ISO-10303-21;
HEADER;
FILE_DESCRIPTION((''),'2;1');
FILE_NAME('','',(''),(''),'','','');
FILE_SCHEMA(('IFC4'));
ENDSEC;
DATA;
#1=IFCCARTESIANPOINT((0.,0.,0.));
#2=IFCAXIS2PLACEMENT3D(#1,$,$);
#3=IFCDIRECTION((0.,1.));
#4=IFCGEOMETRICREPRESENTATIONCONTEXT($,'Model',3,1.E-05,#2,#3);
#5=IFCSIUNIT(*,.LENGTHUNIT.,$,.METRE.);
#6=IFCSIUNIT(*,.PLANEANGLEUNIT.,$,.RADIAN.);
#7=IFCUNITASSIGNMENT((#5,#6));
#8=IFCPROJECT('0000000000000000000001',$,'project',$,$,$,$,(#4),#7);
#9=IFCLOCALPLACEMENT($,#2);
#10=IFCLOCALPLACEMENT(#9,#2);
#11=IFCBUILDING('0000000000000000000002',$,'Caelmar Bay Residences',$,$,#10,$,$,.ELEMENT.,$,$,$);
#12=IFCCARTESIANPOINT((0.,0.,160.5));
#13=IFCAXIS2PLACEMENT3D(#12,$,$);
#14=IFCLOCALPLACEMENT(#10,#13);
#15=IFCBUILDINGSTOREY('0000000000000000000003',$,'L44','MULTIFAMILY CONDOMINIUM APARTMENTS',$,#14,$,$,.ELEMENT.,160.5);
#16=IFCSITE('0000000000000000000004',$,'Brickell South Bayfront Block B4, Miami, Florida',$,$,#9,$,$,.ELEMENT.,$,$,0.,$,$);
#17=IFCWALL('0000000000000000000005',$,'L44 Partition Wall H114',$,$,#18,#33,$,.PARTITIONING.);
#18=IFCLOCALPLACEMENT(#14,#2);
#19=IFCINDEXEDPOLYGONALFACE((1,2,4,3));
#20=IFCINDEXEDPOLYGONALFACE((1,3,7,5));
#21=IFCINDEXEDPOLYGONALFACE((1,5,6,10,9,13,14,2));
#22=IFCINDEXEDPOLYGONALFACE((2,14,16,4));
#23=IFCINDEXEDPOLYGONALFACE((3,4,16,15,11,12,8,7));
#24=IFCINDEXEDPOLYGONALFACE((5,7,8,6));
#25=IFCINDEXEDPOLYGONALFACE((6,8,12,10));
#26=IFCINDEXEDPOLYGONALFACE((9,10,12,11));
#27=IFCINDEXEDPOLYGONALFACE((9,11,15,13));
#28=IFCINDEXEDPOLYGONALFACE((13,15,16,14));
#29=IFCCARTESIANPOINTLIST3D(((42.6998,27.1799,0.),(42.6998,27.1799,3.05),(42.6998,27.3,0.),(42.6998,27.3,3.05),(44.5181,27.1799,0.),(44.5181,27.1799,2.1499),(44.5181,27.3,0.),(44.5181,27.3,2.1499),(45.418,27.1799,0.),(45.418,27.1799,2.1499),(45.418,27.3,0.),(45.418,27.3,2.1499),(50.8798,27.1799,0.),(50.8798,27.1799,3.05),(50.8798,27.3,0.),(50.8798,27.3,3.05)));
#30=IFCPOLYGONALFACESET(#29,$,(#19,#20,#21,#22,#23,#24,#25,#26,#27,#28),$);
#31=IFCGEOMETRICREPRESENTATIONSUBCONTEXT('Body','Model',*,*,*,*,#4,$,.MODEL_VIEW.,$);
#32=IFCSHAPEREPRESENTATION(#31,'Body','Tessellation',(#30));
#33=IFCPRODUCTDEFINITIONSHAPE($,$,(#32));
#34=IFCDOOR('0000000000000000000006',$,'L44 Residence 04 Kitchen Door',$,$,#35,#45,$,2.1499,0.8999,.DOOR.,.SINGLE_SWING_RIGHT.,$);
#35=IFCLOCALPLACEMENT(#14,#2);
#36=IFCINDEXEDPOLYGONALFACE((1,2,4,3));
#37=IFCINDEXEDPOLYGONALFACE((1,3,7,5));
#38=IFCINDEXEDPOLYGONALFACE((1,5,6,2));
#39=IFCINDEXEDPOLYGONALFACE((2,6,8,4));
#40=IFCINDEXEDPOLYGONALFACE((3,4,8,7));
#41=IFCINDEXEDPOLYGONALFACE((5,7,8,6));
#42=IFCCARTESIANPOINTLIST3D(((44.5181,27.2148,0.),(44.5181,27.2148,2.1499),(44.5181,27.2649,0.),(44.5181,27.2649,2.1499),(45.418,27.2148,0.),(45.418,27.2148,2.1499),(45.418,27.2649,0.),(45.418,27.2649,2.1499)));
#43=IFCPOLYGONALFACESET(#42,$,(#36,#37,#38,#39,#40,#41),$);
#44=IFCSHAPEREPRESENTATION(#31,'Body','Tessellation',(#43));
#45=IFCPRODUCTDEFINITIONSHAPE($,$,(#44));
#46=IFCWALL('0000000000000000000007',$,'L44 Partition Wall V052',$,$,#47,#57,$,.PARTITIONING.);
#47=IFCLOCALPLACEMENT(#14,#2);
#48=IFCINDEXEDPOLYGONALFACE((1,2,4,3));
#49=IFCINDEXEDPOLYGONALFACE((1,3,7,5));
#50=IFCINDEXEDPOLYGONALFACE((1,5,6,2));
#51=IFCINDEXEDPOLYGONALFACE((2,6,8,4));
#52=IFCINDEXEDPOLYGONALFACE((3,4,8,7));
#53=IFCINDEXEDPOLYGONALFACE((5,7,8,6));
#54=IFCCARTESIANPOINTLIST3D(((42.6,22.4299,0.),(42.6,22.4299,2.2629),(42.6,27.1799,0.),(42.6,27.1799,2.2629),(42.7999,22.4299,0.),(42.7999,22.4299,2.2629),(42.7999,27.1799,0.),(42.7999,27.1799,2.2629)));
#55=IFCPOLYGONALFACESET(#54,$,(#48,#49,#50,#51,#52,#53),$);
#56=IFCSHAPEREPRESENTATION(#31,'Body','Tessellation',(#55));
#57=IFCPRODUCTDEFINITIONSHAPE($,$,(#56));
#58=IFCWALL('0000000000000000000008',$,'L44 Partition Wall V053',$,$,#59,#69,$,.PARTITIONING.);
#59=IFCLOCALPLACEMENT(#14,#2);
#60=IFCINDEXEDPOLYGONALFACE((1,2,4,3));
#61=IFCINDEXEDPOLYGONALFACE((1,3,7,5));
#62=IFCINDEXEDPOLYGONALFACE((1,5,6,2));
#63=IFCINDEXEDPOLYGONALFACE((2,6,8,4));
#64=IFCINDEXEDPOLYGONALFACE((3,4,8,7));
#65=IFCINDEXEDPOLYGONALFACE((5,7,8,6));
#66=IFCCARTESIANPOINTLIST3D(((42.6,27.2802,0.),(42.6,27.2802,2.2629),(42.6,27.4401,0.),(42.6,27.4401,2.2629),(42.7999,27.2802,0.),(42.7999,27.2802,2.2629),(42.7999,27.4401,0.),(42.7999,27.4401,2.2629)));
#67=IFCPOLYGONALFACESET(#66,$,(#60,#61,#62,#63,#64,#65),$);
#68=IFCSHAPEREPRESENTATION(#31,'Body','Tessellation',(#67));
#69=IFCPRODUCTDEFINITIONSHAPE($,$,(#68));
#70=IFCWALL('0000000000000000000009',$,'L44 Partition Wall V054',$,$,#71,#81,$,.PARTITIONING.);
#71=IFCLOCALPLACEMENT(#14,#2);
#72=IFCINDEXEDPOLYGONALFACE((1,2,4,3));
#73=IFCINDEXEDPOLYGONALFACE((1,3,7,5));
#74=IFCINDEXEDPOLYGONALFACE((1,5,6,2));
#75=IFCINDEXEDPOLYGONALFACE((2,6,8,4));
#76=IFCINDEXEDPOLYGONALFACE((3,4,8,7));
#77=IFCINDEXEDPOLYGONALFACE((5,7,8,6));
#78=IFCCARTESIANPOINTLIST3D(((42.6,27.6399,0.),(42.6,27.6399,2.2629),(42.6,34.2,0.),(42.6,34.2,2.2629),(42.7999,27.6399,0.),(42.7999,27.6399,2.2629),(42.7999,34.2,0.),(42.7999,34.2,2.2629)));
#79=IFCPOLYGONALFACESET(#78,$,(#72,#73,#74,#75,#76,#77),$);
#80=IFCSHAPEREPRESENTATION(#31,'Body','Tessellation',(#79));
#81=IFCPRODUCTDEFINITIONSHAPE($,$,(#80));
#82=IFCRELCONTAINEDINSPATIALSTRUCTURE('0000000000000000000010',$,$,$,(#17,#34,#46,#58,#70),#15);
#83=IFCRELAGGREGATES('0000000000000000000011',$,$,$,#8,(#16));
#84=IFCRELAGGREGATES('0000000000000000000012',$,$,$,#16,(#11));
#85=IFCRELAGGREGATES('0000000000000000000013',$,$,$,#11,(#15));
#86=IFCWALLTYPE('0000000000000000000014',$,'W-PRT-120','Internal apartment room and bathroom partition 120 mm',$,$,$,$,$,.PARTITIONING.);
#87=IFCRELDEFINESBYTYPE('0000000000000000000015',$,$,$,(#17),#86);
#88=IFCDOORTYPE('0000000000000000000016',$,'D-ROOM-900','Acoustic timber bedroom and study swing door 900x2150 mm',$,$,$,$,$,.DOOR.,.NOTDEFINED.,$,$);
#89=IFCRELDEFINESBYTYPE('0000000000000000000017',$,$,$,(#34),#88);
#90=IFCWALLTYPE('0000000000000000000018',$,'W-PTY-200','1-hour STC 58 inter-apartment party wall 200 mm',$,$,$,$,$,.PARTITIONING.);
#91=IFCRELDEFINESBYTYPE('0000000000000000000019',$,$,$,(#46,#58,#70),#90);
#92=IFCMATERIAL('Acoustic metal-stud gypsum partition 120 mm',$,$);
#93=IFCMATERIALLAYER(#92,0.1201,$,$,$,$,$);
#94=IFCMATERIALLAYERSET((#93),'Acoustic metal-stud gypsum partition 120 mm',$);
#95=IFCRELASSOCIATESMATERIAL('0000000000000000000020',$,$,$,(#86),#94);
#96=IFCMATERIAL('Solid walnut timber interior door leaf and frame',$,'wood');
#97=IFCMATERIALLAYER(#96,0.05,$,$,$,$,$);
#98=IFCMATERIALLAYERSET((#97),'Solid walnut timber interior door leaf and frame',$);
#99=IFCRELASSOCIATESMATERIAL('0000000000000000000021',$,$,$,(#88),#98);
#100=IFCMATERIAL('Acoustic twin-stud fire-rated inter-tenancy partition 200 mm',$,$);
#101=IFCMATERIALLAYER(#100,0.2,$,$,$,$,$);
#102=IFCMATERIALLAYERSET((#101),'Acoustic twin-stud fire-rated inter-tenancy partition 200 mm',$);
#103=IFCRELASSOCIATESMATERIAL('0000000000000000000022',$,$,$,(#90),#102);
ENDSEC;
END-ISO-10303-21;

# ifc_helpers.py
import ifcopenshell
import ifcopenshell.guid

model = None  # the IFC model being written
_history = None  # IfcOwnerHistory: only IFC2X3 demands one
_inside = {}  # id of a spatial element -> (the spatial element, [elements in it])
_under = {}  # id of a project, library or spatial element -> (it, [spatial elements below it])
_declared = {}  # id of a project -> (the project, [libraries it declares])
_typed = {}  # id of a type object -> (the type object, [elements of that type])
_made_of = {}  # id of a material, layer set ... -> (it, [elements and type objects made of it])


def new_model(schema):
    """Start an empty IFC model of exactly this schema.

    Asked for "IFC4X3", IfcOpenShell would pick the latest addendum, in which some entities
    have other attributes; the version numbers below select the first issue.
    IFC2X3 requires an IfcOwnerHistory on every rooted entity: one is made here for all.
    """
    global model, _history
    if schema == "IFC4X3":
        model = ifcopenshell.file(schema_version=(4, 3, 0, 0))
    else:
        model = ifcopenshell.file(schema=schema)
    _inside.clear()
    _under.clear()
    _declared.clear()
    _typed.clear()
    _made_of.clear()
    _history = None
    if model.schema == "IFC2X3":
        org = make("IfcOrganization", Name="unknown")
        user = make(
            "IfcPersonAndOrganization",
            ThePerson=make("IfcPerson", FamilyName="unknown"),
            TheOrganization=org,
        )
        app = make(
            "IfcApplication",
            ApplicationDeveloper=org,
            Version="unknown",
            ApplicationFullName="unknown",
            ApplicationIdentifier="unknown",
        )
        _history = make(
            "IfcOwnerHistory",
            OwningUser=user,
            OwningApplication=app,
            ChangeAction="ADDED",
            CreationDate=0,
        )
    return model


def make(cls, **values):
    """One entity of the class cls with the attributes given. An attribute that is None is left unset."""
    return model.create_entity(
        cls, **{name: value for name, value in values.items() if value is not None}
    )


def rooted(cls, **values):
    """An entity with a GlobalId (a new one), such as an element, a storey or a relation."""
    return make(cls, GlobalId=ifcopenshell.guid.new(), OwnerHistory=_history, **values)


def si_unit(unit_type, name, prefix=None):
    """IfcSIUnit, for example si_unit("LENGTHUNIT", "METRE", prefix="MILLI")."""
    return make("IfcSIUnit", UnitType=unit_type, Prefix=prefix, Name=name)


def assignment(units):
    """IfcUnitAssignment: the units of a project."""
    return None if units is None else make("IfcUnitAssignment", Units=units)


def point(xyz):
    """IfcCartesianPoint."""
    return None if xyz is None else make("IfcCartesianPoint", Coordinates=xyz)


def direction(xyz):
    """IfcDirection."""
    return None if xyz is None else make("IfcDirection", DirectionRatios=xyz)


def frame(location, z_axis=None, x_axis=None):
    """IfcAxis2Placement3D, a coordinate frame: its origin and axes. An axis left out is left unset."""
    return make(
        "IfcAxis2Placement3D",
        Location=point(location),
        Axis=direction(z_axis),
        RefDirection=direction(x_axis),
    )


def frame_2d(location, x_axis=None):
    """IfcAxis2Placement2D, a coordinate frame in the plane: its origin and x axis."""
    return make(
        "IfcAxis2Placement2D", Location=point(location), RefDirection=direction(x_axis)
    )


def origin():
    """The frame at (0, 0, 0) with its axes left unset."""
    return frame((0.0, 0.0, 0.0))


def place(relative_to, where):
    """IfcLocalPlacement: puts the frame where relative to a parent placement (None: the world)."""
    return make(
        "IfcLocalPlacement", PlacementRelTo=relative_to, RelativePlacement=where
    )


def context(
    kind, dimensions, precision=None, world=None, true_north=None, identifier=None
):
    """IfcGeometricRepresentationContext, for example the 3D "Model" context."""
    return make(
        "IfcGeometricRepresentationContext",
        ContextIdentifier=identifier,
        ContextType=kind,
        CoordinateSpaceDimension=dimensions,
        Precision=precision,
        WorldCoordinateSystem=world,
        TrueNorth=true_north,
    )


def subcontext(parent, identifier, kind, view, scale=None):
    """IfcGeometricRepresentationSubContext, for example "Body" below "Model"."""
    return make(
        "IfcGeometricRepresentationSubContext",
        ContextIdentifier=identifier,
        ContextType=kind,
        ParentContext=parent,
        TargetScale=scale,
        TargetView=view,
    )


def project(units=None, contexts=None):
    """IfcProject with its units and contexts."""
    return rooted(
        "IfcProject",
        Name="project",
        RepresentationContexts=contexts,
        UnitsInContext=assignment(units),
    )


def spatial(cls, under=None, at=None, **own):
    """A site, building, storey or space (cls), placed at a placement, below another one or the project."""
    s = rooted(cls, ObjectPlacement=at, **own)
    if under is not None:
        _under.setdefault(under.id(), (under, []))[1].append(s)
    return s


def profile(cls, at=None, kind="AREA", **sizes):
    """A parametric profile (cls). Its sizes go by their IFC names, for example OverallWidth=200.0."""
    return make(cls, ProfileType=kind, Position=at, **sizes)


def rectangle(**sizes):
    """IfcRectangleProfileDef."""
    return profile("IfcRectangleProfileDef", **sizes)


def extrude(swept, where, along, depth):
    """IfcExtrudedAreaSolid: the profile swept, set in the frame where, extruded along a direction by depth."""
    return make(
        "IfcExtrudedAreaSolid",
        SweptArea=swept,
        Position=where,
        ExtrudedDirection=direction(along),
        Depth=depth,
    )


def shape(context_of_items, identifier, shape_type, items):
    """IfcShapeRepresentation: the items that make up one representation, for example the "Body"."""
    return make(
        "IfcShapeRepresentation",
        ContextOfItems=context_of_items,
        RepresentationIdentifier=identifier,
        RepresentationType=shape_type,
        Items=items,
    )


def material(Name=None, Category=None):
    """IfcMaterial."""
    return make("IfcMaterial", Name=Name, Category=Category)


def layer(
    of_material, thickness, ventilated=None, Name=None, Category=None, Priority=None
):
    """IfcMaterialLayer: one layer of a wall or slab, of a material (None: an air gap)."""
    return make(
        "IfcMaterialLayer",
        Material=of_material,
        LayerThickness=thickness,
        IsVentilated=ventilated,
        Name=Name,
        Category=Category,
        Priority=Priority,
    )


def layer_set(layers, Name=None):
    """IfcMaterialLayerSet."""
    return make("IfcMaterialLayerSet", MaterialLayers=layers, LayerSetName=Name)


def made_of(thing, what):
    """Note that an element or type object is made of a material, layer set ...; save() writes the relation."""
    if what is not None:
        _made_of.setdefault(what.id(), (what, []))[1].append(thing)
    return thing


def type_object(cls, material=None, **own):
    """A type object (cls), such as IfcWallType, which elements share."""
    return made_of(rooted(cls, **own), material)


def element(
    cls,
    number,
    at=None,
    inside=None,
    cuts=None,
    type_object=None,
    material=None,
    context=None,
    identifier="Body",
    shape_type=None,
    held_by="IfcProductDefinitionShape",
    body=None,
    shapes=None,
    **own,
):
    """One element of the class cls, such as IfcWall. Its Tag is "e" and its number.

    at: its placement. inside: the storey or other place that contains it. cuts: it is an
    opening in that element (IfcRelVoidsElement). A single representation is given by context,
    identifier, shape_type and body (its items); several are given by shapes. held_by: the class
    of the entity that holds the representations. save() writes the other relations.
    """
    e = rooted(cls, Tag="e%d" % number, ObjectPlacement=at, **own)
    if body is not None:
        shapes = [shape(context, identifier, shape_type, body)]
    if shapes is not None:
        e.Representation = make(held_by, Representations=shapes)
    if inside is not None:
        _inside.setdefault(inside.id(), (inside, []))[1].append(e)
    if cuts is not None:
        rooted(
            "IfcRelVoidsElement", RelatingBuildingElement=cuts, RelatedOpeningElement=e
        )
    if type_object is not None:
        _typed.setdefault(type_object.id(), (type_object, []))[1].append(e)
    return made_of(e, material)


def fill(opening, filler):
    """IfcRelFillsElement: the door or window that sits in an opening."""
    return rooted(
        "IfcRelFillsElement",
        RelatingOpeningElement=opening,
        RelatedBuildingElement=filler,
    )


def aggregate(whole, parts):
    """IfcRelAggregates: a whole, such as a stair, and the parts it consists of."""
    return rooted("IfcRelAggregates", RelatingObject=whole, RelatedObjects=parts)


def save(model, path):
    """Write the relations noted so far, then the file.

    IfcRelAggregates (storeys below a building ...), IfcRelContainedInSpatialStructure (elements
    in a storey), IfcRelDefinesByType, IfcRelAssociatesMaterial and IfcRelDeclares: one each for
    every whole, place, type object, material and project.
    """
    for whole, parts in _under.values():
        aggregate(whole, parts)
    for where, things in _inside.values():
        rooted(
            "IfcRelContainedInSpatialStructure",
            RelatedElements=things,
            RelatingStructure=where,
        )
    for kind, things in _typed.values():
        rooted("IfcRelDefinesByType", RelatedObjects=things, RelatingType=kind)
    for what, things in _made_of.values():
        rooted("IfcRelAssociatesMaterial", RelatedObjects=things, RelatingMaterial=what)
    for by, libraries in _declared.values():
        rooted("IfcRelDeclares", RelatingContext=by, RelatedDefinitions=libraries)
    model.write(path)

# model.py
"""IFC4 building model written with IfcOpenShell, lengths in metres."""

from ifc_helpers import new_model, si_unit, direction, frame, frame_2d, origin, place, context, subcontext, project, spatial, rectangle, extrude, material, layer, layer_set, type_object, element, fill, save


model = new_model("IFC4")

# Units and contexts
model_context = context("Model", 3, precision=1e-05, world=origin(), true_north=direction((0.0, 1.0)))
body_context = subcontext(model_context, "Body", "Model", "MODEL_VIEW")
ifc_project = project(units=[si_unit("LENGTHUNIT", "METRE"), si_unit("PLANEANGLEUNIT", "RADIAN")], contexts=[model_context])

# Site, building, storey
site_placement = place(None, origin())
site = spatial("IfcSite", under=ifc_project, at=site_placement, Name="Brickell South Bayfront Block B4, Miami, Florida", CompositionType="ELEMENT", RefElevation=0.0)
building_placement = place(site_placement, origin())
building = spatial("IfcBuilding", under=site, at=building_placement, Name="Caelmar Bay Residences", CompositionType="ELEMENT")
storey_placement = place(building_placement, frame((0.0, 0.0, 160.5)))
storey = spatial("IfcBuildingStorey", under=building, at=storey_placement, Name="L44", Description="MULTIFAMILY CONDOMINIUM APARTMENTS", CompositionType="ELEMENT", Elevation=160.5)

# Shared definitions
ifc_material_1 = material(Name="Acoustic metal-stud gypsum partition 120 mm")
ifc_layer_1 = layer(ifc_material_1, 0.1201)
ifc_layer_set_1 = layer_set([ifc_layer_1], Name="Acoustic metal-stud gypsum partition 120 mm")
wall_type_1 = type_object("IfcWallType", Name="W-PRT-120", Description="Internal apartment room and bathroom partition 120 mm", PredefinedType="PARTITIONING", material=ifc_layer_set_1)
ifc_material_2 = material(Name="Solid walnut timber interior door leaf and frame", Category="wood")
ifc_layer_2 = layer(ifc_material_2, 0.05)
ifc_layer_set_2 = layer_set([ifc_layer_2], Name="Solid walnut timber interior door leaf and frame")
door_type_1 = type_object("IfcDoorType", Name="D-ROOM-900", Description="Acoustic timber bedroom and study swing door 900x2150 mm", OperationType="NOTDEFINED", PredefinedType="DOOR", material=ifc_layer_set_2)

# Wall, opening, door
wall_1_placement = place(storey_placement, frame((42.7, 27.24, 0.0), z_axis=(0.0, 0.0, 1.0), x_axis=(1.0, 0.0, 0.0)))
wall_1 = element("IfcWall", 1, at=wall_1_placement, inside=storey, type_object=wall_type_1, Name="L44 Partition Wall H114", PredefinedType="PARTITIONING", context=body_context, shape_type="SweptSolid", body=[
    extrude(rectangle(XDim=8.1799, YDim=0.1201, at=frame_2d((4.0898, 0.0))), origin(), (0.0, 0.0, 1.0), 3.05),
])
opening_1_placement = place(wall_1_placement, frame((1.8181, 0.0, 0.0)))
opening_1 = element("IfcOpeningElement", 2, at=opening_1_placement, cuts=wall_1, PredefinedType="OPENING", context=body_context, shape_type="SweptSolid", body=[
    extrude(rectangle(XDim=0.8999, YDim=2.1499, at=frame_2d((0.45, 1.075))), frame((0.0, 0.0701, 0.0), z_axis=(0.0, -1.0, 0.0), x_axis=(1.0, 0.0, 0.0)), (0.0, 0.0, 1.0), 0.1401),
])
door_1_placement = place(opening_1_placement, origin())
door_1 = element("IfcDoor", 3, at=door_1_placement, inside=storey, type_object=door_type_1, Name="L44 Residence 04 Kitchen Door", OperationType="SINGLE_SWING_RIGHT", OverallHeight=2.1499, OverallWidth=0.8999, PredefinedType="DOOR", context=body_context, shape_type="SweptSolid", body=[
    extrude(rectangle(XDim=0.8999, YDim=2.1499, at=frame_2d((0.45, 1.075))), frame((0.0, 0.0249, 0.0), z_axis=(0.0, -1.0, 0.0), x_axis=(1.0, 0.0, 0.0)), (0.0, 0.0, 1.0), 0.05),
])
fill(opening_1, door_1)

# Walls
ifc_material_3 = material(Name="Acoustic twin-stud fire-rated inter-tenancy partition 200 mm")
ifc_layer_3 = layer(ifc_material_3, 0.2)
ifc_layer_set_3 = layer_set([ifc_layer_3], Name="Acoustic twin-stud fire-rated inter-tenancy partition 200 mm")
wall_type_2 = type_object("IfcWallType", Name="W-PTY-200", Description="1-hour STC 58 inter-apartment party wall 200 mm", PredefinedType="PARTITIONING", material=ifc_layer_set_3)
wall_2_placement = place(storey_placement, frame((42.7, 22.4299, 0.0), z_axis=(0.0, 0.0, 1.0), x_axis=(0.0, 1.0, 0.0)))
element("IfcWall", 4, at=wall_2_placement, inside=storey, type_object=wall_type_2, Name="L44 Partition Wall V052", PredefinedType="PARTITIONING", context=body_context, shape_type="SweptSolid", body=[
    extrude(rectangle(XDim=4.75, YDim=0.2, at=frame_2d((2.375, 0.0))), origin(), (0.0, 0.0, 1.0), 2.2629),
])
wall_3_placement = place(storey_placement, frame((42.7, 27.28, 0.0), z_axis=(0.0, 0.0, 1.0), x_axis=(0.0, 1.0, 0.0)))
element("IfcWall", 5, at=wall_3_placement, inside=storey, type_object=wall_type_2, Name="L44 Partition Wall V053", PredefinedType="PARTITIONING", context=body_context, shape_type="SweptSolid", body=[
    extrude(rectangle(XDim=0.1599, YDim=0.2, at=frame_2d((0.0801, 0.0))), origin(), (0.0, 0.0, 1.0), 2.2629),
])
wall_4_placement = place(storey_placement, frame((42.7, 27.6399, 0.0), z_axis=(0.0, 0.0, 1.0), x_axis=(0.0, 1.0, 0.0)))
element("IfcWall", 6, at=wall_4_placement, inside=storey, type_object=wall_type_2, Name="L44 Partition Wall V054", PredefinedType="PARTITIONING", context=body_context, shape_type="SweptSolid", body=[
    extrude(rectangle(XDim=6.5601, YDim=0.2, at=frame_2d((3.28, 0.0))), origin(), (0.0, 0.0, 1.0), 2.2629),
])

save(model, "model.ifc")
